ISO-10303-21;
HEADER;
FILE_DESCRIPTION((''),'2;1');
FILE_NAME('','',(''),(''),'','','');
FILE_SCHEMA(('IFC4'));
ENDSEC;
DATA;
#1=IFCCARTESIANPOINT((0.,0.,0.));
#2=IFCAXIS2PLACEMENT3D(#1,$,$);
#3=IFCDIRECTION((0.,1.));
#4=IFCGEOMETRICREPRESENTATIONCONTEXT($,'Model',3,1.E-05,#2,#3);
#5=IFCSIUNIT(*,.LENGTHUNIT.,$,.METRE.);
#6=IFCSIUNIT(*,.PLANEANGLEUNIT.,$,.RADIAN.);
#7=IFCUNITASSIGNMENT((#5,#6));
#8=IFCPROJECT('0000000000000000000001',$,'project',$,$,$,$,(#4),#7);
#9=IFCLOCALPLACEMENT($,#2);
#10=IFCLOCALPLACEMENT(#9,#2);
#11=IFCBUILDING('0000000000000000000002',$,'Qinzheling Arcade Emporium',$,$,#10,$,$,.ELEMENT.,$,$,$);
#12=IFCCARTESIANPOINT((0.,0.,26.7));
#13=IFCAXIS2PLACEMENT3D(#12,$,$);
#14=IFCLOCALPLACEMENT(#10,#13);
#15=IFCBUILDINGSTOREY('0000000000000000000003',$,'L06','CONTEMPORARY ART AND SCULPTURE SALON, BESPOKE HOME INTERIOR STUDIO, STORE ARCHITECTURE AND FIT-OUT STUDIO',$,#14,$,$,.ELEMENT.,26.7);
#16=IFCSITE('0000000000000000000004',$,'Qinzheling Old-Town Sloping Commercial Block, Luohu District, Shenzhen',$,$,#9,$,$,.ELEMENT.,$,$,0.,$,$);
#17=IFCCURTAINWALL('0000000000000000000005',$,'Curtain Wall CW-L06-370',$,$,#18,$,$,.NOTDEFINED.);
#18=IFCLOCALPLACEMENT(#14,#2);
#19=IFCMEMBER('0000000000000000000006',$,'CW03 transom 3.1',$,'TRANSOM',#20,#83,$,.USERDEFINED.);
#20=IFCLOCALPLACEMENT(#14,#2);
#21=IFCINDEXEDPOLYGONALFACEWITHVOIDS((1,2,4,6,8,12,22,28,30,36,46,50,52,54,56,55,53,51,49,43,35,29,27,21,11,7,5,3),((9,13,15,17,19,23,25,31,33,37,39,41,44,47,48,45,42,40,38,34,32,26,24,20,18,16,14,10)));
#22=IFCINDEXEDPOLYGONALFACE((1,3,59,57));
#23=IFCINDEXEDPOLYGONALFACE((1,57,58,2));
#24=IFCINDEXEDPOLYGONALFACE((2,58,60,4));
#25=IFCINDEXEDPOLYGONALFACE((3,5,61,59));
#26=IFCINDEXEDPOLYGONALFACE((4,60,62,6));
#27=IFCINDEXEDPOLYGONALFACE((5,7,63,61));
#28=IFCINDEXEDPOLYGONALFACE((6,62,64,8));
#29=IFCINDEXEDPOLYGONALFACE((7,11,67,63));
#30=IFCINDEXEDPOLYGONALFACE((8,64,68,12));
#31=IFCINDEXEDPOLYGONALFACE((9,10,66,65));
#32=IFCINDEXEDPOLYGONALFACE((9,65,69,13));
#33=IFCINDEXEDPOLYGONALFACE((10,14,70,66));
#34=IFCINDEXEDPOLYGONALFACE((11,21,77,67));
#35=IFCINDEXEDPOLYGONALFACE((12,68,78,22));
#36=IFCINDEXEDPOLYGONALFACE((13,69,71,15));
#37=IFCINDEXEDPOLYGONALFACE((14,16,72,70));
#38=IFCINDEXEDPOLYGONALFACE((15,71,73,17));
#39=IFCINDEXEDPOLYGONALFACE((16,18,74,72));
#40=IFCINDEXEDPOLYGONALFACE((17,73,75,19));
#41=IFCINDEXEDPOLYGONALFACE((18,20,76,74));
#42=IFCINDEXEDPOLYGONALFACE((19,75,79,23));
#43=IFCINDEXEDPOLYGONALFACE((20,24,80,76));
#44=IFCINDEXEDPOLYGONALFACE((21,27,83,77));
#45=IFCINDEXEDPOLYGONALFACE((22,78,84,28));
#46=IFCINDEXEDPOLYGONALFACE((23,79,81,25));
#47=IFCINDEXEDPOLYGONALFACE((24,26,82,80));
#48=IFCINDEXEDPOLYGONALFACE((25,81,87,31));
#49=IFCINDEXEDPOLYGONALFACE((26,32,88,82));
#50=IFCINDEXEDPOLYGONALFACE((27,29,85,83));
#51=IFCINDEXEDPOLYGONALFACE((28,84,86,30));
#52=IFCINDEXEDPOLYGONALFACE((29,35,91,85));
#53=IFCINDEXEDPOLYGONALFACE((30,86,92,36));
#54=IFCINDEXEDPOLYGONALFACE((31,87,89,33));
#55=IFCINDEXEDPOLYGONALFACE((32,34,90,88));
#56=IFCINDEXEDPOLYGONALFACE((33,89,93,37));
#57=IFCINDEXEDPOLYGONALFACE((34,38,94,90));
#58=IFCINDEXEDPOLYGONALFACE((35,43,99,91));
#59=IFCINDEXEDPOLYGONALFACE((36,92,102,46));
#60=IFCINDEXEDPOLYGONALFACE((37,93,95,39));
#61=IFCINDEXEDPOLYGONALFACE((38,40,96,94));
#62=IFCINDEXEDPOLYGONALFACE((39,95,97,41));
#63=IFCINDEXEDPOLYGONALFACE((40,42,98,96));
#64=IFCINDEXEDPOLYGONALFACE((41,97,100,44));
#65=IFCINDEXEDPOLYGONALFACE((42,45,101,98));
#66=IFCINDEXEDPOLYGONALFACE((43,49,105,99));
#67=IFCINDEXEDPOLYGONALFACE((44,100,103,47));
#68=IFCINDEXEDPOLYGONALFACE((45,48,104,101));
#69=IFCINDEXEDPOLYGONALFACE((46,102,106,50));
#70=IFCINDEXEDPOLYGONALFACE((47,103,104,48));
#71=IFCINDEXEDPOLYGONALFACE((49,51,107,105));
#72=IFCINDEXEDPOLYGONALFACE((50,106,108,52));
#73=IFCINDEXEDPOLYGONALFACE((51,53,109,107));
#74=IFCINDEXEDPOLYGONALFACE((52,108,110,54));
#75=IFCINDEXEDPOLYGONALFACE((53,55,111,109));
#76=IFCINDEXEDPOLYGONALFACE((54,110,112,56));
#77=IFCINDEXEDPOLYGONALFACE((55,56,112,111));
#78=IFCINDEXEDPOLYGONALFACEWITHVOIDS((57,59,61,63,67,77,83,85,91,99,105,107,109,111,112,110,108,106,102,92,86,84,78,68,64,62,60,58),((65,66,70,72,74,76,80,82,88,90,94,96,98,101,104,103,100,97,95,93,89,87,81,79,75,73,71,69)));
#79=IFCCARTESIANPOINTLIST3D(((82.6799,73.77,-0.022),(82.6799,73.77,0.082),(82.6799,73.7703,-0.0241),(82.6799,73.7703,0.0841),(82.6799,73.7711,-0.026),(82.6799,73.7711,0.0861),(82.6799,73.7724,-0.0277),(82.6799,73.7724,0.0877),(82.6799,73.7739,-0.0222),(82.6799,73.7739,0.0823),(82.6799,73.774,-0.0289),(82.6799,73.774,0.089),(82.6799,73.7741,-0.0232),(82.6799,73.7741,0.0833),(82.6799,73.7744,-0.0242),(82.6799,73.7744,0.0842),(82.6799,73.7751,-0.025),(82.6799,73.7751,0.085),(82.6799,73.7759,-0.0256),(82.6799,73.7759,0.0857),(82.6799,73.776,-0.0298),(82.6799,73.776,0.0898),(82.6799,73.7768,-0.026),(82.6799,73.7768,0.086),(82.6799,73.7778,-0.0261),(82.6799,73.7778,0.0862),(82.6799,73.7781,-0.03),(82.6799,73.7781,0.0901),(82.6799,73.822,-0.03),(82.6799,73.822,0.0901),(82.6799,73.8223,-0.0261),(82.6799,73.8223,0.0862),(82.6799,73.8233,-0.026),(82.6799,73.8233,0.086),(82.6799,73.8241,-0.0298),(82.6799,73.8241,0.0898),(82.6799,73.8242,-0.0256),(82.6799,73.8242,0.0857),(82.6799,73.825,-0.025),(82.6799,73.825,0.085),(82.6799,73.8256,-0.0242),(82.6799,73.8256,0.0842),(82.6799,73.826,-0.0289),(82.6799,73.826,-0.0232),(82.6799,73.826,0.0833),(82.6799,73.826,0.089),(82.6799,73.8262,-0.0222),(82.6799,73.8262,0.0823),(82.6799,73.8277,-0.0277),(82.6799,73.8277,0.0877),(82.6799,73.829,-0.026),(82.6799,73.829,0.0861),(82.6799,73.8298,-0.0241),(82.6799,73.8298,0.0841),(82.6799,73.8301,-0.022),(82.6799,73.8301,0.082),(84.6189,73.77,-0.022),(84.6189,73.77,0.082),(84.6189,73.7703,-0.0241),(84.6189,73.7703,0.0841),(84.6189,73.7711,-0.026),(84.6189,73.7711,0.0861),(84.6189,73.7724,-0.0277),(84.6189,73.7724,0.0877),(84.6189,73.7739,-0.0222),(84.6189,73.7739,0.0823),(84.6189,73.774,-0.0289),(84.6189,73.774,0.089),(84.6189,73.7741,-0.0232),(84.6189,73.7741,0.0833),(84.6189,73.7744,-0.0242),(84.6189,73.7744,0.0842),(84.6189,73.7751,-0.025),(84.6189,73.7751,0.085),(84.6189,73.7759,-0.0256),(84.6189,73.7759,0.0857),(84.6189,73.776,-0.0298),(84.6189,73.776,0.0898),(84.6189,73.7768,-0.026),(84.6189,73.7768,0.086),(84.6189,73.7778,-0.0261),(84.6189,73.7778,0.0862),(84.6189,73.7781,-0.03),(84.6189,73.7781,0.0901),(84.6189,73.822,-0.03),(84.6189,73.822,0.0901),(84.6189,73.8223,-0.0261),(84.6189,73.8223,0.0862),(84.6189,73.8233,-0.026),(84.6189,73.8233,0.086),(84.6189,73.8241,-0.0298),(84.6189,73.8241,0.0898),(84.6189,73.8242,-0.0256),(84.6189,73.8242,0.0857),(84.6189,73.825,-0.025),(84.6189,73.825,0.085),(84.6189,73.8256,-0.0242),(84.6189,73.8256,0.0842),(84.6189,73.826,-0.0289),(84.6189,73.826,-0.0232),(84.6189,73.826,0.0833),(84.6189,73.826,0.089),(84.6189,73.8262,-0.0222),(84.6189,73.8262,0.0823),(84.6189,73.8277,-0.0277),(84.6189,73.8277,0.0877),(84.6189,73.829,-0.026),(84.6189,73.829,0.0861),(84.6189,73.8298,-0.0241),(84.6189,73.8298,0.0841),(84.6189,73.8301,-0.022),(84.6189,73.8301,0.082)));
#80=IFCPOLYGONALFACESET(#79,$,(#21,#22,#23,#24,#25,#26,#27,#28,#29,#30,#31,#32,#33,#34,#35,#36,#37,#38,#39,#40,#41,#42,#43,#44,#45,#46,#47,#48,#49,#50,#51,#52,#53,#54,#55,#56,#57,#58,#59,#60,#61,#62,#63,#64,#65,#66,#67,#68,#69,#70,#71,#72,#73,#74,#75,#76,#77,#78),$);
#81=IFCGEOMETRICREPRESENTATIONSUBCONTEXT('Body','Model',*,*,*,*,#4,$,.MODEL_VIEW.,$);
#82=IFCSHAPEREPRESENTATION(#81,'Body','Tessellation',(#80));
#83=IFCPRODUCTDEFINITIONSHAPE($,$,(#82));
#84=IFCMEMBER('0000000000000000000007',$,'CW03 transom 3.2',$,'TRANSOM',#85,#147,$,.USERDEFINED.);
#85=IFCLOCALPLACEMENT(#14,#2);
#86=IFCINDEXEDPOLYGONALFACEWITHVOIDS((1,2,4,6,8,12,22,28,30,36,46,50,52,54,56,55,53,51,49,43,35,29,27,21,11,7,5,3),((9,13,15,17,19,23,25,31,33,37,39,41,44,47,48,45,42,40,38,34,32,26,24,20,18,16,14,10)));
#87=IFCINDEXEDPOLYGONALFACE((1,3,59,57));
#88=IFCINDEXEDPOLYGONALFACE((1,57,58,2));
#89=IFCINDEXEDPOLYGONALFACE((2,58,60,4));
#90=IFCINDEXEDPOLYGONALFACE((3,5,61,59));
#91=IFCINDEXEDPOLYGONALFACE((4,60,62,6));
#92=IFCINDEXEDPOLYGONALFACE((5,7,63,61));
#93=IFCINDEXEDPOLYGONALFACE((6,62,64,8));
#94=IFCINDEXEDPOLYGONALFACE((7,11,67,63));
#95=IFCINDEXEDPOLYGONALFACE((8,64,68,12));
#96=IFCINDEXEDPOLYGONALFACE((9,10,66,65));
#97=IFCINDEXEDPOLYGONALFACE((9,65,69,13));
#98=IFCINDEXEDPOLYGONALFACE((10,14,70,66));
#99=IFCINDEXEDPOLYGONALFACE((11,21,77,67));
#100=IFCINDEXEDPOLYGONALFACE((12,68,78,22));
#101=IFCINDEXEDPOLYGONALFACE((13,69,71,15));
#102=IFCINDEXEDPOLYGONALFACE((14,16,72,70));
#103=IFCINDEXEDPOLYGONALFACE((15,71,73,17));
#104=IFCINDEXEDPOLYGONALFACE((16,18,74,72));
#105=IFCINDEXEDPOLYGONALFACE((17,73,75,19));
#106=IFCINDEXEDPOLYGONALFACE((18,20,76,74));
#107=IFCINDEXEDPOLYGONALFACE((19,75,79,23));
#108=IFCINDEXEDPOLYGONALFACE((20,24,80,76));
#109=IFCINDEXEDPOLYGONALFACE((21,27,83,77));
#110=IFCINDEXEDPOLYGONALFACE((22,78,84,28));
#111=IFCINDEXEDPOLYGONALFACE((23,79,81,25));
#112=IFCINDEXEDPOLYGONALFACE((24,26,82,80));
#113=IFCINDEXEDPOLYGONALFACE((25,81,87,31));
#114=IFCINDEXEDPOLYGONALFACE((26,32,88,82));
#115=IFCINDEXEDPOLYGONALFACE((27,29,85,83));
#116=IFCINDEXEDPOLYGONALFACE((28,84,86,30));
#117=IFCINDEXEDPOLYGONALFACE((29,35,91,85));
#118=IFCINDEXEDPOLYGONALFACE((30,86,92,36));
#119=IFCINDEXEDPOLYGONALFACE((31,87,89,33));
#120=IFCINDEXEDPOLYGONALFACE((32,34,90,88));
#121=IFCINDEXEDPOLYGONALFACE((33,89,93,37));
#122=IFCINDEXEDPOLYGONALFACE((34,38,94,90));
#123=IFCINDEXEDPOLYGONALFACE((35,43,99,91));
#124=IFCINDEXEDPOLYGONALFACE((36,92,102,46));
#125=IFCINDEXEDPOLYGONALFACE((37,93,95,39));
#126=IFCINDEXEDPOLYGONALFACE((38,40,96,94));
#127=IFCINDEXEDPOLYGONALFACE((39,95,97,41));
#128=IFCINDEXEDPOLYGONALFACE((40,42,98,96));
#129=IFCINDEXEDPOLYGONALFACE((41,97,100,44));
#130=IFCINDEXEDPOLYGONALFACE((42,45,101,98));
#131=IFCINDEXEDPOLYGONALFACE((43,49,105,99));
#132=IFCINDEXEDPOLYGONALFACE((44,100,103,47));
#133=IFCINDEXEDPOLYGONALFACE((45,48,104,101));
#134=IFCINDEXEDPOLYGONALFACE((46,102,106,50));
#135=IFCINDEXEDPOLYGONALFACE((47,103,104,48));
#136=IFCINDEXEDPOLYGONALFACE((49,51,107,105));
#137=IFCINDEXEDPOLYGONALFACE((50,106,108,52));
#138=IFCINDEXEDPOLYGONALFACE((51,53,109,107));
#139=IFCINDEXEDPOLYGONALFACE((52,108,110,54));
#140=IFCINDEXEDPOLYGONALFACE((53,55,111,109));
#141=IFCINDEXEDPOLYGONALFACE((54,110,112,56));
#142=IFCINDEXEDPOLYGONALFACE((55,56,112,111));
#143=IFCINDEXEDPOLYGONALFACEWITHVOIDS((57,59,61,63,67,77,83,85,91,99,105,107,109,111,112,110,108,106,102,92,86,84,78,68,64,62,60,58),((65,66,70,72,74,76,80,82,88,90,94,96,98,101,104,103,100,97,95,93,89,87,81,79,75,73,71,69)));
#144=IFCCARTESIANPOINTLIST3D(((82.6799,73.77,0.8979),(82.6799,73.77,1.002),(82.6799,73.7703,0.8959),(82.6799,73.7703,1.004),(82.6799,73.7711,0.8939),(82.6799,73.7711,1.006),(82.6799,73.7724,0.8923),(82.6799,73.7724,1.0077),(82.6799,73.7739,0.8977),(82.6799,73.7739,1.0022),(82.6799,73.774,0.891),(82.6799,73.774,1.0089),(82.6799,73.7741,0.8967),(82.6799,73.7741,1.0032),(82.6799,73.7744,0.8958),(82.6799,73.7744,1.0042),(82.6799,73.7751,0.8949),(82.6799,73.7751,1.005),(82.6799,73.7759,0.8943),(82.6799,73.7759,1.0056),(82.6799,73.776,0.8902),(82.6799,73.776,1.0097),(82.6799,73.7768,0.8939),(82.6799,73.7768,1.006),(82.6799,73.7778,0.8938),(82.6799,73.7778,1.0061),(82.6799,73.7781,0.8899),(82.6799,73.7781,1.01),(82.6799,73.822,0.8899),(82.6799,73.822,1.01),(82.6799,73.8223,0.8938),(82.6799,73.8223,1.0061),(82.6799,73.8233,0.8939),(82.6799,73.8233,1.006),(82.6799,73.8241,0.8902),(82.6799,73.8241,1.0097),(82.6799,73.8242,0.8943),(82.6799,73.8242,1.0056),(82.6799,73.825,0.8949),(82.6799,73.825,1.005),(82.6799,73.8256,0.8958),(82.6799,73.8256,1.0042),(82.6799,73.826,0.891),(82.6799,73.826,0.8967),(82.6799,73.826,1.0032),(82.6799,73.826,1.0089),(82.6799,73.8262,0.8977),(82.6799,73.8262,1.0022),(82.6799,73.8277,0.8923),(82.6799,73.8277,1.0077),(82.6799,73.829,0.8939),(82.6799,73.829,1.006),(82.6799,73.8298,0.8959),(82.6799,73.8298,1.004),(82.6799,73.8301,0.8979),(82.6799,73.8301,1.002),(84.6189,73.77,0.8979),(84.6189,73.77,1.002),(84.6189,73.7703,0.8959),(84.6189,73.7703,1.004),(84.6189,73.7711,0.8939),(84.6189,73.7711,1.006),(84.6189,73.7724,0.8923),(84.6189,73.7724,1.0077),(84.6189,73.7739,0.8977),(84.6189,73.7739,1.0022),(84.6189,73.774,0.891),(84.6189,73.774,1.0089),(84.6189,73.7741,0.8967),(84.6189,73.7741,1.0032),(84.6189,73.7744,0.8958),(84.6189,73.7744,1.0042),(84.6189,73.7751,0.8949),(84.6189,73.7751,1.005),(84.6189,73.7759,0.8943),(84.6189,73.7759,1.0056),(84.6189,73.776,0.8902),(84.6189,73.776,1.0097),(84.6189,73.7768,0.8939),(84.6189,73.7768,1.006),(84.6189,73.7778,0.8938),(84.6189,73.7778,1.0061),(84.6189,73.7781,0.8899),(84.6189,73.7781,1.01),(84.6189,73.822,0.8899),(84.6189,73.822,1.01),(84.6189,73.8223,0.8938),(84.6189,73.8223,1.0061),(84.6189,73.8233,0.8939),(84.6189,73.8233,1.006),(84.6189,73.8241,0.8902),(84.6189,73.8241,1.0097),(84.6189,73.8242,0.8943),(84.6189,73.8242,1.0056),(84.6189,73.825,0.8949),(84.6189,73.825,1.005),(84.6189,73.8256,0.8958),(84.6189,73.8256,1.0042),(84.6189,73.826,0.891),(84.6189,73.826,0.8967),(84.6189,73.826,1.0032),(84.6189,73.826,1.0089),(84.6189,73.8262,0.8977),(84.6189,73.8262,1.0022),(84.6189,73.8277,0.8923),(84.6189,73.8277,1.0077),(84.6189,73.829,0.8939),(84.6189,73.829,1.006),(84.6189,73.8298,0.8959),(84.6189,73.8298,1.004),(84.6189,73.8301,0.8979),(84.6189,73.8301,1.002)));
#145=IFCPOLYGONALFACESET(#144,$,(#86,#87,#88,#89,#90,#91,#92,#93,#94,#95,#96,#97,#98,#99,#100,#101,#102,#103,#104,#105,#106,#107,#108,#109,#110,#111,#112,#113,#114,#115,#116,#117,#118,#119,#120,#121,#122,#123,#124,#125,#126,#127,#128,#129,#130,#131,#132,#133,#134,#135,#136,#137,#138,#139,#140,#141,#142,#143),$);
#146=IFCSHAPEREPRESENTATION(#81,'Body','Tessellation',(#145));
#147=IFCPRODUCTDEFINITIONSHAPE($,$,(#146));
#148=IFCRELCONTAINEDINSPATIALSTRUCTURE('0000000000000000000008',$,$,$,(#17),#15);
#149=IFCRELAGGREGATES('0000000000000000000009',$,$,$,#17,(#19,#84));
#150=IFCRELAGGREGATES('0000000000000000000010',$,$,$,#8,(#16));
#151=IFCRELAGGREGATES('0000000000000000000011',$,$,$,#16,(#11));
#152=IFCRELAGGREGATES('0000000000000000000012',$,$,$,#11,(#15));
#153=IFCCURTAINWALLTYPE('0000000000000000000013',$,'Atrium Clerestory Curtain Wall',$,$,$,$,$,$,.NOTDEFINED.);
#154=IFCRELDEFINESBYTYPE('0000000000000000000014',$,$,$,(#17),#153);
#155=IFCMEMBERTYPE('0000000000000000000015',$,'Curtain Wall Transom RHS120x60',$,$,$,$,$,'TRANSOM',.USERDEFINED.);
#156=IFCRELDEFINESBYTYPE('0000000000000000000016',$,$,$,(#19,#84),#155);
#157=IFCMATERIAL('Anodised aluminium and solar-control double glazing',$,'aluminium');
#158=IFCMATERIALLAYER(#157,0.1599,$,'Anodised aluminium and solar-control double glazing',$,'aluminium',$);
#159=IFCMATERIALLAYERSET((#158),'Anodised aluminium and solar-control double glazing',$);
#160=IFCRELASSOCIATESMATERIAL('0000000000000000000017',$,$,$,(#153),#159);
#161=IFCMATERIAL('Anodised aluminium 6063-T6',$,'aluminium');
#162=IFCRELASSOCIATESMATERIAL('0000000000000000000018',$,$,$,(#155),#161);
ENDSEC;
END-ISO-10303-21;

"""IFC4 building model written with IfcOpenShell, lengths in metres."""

from ifc_helpers import new_model, si_unit, direction, frame, origin, origin_2d, place, context, subcontext, project, spatial, hollow_rectangle, extrude, material, layer, layer_set, material_profile, profile_set, type_object, element, aggregate, save


model = new_model("IFC4")

# Units and contexts
model_context = context("Model", 3, precision=1e-05, world=origin(), true_north=direction((0.0, 1.0)))
body_context = subcontext(model_context, "Body", "Model", "MODEL_VIEW")
ifc_project = project(units=[si_unit("LENGTHUNIT", "METRE"), si_unit("PLANEANGLEUNIT", "RADIAN")], contexts=[model_context])

# Site, building, storey
site_placement = place(None, origin())
site = spatial("IfcSite", under=ifc_project, at=site_placement, Name="Qinzheling Old-Town Sloping Commercial Block, Luohu District, Shenzhen", CompositionType="ELEMENT", RefElevation=0.0)
building_placement = place(site_placement, origin())
building = spatial("IfcBuilding", under=site, at=building_placement, Name="Qinzheling Arcade Emporium", CompositionType="ELEMENT")
storey_placement = place(building_placement, frame((0.0, 0.0, 26.7)))
storey = spatial("IfcBuildingStorey", under=building, at=storey_placement, Name="L06", Description="CONTEMPORARY ART AND SCULPTURE SALON, BESPOKE HOME INTERIOR STUDIO, STORE ARCHITECTURE AND FIT-OUT STUDIO", CompositionType="ELEMENT", Elevation=26.7)

# Curtain wall, members
ifc_material_1 = material(Name="Anodised aluminium and solar-control double glazing", Category="aluminium")
ifc_layer_1 = layer(ifc_material_1, 0.1599, Name="Anodised aluminium and solar-control double glazing", Category="aluminium")
ifc_layer_set_1 = layer_set([ifc_layer_1], Name="Anodised aluminium and solar-control double glazing")
curtain_wall_type = type_object("IfcCurtainWallType", Name="Atrium Clerestory Curtain Wall", PredefinedType="NOTDEFINED", material=ifc_layer_set_1)
curtain_wall_placement = place(storey_placement, origin())
curtain_wall = element("IfcCurtainWall", 1, at=curtain_wall_placement, inside=storey, type_object=curtain_wall_type, Name="Curtain Wall CW-L06-370", PredefinedType="NOTDEFINED")
ifc_material_2 = material(Name="Anodised aluminium 6063-T6", Category="aluminium")
ifc_material_profile_1 = material_profile(ifc_material_2, hollow_rectangle(XDim=0.0601, YDim=0.1201, WallThickness=0.0039, InnerFilletRadius=0.0039, OuterFilletRadius=0.0081, at=origin_2d()), Name="RHS 120x60x4", Category="aluminium")
ifc_profile_set_1 = profile_set([ifc_material_profile_1], Name="Anodised aluminium 6063-T6")
member_type_1 = type_object("IfcMemberType", Name="Curtain Wall Transom RHS120x60", ElementType="TRANSOM", PredefinedType="USERDEFINED", material=ifc_profile_set_1)
member_1_placement = place(storey_placement, frame((82.6799, 73.8, 0.03), z_axis=(1.0, 0.0, 0.0), x_axis=(0.0, 1.0, 0.0)))
member_1 = element("IfcMember", 2, at=member_1_placement, type_object=member_type_1, Name="CW03 transom 3.1", ObjectType="TRANSOM", PredefinedType="USERDEFINED", context=body_context, shape_type="SweptSolid", body=[
    extrude(hollow_rectangle(XDim=0.0601, YDim=0.1201, WallThickness=0.0039, InnerFilletRadius=0.0039, OuterFilletRadius=0.0081, at=origin_2d()), origin(), (0.0, 0.0, 1.0), 1.939),
])
member_2_placement = place(storey_placement, frame((82.6799, 73.8, 0.95), z_axis=(1.0, 0.0, 0.0), x_axis=(0.0, 1.0, 0.0)))
member_2 = element("IfcMember", 3, at=member_2_placement, type_object=member_type_1, Name="CW03 transom 3.2", ObjectType="TRANSOM", PredefinedType="USERDEFINED", context=body_context, shape_type="SweptSolid", body=[
    extrude(hollow_rectangle(XDim=0.0601, YDim=0.1201, WallThickness=0.0039, InnerFilletRadius=0.0039, OuterFilletRadius=0.0081, at=origin_2d()), origin(), (0.0, 0.0, 1.0), 1.939),
])

aggregate(curtain_wall, [member_1, member_2])

save(model, "model.ifc")
